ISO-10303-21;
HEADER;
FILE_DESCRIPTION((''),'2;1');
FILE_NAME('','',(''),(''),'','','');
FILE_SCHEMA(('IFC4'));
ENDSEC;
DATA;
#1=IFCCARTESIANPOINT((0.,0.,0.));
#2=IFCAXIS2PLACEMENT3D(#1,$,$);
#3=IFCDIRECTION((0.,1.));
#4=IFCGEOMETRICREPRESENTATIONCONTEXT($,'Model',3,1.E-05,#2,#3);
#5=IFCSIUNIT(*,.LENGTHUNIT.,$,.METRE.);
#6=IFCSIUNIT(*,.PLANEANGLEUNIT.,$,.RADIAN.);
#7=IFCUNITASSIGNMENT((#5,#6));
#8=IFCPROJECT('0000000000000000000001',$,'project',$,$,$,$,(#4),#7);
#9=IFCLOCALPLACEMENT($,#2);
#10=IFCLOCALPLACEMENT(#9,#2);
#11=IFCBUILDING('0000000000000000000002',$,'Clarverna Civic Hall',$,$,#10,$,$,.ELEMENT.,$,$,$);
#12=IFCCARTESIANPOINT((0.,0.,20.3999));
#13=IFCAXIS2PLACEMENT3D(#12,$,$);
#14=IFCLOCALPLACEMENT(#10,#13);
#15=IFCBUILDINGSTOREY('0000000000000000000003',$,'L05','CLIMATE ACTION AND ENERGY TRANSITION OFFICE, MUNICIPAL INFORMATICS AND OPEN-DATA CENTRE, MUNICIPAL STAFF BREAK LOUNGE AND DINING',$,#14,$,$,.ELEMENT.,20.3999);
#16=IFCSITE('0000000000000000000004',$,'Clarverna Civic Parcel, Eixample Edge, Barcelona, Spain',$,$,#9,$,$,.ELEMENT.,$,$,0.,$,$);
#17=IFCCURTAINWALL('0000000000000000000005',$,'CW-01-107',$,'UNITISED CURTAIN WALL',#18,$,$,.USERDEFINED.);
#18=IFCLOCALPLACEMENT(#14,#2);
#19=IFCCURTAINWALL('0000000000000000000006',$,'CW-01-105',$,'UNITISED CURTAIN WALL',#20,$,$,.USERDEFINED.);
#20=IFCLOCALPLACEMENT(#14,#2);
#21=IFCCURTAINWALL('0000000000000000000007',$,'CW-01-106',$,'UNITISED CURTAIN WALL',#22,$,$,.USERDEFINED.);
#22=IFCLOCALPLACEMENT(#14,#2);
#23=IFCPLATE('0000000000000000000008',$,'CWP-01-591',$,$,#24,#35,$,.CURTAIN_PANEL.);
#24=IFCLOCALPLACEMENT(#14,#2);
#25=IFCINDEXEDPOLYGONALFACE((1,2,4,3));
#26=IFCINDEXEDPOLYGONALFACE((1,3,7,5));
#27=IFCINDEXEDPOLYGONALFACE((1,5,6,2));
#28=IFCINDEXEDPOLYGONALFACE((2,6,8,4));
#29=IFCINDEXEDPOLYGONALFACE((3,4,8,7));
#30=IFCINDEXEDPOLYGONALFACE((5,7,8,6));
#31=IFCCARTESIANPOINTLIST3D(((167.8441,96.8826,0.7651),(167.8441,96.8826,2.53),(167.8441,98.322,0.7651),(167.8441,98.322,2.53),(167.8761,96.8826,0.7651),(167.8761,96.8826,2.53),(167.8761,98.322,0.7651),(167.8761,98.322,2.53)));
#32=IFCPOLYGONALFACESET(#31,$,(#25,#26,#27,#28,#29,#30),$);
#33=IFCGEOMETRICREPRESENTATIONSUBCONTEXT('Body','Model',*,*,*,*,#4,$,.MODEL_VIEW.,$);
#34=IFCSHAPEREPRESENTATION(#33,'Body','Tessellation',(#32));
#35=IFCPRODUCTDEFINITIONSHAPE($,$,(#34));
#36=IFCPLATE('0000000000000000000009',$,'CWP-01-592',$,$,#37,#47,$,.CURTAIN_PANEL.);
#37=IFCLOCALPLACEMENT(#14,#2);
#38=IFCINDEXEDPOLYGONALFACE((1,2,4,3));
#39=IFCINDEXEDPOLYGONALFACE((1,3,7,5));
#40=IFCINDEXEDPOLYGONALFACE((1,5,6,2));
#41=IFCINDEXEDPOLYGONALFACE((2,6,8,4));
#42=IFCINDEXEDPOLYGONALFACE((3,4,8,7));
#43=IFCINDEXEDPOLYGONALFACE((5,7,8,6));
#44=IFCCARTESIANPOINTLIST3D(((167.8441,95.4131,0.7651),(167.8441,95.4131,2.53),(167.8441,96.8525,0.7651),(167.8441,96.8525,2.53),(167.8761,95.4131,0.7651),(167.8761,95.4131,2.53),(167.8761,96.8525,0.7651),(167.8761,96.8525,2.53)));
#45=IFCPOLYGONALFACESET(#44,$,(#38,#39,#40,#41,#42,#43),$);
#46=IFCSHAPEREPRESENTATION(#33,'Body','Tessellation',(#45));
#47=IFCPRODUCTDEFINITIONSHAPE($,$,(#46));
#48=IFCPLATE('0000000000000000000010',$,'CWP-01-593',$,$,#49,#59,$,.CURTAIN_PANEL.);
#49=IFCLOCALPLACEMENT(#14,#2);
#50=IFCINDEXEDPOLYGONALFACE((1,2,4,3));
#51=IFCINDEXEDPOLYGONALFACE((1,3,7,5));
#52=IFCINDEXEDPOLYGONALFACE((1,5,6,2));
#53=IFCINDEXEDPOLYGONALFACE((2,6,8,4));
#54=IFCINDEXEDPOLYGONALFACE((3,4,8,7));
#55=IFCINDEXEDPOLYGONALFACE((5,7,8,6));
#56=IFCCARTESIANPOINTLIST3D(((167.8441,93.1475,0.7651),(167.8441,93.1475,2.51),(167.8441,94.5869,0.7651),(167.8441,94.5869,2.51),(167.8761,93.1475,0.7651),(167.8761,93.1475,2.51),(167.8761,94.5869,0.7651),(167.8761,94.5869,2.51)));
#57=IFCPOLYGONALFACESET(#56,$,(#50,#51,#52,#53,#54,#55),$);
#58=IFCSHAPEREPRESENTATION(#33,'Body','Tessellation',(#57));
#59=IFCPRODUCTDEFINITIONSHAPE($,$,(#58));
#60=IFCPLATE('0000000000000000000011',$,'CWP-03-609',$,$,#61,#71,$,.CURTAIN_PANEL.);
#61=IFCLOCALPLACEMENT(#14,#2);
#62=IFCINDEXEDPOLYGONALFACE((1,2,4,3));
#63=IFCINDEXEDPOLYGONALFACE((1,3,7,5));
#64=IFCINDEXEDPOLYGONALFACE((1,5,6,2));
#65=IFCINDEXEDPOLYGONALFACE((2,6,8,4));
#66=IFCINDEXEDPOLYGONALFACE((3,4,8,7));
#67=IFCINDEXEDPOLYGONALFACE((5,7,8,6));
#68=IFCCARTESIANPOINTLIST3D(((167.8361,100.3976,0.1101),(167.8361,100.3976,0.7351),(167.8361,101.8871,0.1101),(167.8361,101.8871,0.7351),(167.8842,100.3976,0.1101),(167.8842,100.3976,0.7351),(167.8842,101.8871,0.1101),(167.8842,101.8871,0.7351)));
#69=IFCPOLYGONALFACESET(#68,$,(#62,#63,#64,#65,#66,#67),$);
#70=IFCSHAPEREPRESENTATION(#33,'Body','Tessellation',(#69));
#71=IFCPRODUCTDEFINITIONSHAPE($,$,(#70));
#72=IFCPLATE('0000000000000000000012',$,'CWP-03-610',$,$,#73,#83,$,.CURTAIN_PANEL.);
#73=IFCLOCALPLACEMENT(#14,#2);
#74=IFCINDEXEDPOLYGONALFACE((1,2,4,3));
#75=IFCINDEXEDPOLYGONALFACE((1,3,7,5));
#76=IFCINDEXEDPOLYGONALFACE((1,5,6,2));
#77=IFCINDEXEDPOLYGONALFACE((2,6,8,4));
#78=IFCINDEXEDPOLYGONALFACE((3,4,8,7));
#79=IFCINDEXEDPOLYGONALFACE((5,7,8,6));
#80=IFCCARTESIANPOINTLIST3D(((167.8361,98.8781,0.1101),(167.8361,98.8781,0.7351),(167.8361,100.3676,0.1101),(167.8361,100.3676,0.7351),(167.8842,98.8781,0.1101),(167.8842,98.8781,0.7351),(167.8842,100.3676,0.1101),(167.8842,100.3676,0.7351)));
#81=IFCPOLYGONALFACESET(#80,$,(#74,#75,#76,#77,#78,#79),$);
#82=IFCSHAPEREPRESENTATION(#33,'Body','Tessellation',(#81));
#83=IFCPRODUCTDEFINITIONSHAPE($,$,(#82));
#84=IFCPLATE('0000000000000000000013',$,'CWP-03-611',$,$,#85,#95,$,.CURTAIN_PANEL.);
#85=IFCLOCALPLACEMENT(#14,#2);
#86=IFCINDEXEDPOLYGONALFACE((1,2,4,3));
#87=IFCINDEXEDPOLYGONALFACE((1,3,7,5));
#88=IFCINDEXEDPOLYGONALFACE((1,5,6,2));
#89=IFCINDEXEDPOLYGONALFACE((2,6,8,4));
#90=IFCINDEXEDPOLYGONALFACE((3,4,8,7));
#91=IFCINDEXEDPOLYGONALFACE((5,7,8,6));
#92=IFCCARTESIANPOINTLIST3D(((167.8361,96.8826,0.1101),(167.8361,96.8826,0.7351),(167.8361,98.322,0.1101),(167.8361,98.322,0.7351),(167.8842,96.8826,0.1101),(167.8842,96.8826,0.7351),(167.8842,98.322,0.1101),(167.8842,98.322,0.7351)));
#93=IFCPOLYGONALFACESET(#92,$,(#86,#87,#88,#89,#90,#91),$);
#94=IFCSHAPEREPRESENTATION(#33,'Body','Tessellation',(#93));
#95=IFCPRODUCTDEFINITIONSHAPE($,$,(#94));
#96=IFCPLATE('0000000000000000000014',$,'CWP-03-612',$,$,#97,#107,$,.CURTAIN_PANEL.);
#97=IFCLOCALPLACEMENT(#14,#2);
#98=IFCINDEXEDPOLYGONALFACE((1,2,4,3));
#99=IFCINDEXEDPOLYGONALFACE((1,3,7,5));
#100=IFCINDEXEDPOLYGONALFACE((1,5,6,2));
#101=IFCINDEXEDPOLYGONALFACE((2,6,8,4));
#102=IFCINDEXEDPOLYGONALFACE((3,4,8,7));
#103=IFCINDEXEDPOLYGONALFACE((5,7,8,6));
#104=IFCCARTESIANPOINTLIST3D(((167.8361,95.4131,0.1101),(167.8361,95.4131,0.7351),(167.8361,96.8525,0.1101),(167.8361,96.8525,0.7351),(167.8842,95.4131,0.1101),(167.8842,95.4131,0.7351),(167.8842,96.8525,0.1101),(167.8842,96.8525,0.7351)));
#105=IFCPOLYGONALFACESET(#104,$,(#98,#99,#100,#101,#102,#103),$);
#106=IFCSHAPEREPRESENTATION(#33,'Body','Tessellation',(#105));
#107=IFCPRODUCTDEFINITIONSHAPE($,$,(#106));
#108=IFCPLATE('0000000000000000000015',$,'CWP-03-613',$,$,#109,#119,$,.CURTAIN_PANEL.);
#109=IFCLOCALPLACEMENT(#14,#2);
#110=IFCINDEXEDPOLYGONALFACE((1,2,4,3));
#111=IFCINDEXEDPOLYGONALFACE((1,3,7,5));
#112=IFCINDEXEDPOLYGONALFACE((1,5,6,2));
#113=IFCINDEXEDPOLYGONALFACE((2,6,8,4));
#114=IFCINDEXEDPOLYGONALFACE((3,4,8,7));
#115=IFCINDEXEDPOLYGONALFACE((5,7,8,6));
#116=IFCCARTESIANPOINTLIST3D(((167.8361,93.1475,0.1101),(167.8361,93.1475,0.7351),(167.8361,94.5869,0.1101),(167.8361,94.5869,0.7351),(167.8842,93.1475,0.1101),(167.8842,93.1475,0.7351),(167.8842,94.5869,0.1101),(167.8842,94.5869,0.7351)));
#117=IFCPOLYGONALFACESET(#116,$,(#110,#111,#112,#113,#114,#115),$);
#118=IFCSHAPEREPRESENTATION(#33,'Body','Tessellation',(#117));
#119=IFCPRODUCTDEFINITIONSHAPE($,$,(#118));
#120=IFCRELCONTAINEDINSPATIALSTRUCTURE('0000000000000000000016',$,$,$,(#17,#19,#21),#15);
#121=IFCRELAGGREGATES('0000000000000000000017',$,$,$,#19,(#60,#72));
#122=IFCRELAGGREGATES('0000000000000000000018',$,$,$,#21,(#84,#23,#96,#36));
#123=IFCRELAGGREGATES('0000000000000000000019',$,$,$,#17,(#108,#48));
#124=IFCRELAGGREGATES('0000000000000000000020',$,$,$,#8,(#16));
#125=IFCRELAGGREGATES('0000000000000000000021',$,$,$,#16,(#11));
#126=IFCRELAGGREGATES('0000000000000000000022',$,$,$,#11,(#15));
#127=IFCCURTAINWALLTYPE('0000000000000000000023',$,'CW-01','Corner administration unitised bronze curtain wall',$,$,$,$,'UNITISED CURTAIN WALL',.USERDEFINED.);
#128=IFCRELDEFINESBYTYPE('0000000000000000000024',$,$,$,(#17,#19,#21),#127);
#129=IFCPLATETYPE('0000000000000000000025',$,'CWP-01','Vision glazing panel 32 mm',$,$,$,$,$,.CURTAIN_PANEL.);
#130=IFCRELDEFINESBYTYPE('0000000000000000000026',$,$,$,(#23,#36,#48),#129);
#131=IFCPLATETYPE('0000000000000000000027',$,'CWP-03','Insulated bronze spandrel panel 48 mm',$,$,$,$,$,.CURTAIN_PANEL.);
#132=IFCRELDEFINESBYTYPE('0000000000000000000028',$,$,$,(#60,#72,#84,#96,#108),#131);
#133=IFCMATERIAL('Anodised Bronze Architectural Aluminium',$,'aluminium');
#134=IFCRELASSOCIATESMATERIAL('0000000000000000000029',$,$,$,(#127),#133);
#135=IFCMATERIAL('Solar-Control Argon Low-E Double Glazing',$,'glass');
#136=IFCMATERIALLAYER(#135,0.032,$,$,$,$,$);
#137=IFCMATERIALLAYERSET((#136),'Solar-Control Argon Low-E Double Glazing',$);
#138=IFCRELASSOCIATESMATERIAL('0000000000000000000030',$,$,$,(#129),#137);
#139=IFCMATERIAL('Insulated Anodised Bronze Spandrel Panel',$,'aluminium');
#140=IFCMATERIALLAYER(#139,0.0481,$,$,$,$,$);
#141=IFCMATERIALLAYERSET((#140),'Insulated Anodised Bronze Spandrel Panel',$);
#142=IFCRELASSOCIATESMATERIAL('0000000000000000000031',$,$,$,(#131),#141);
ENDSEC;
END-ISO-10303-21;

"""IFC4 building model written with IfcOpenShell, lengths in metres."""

from ifc_helpers import new_model, si_unit, direction, frame, frame_2d, origin, place, context, subcontext, project, spatial, rectangle, extrude, material, layer, layer_set, type_object, element, aggregate, save


model = new_model("IFC4")

# Units and contexts
model_context = context("Model", 3, precision=1e-05, world=origin(), true_north=direction((0.0, 1.0)))
body_context = subcontext(model_context, "Body", "Model", "MODEL_VIEW")
ifc_project = project(units=[si_unit("LENGTHUNIT", "METRE"), si_unit("PLANEANGLEUNIT", "RADIAN")], contexts=[model_context])

# Site, building, storey
site_placement = place(None, origin())
site = spatial("IfcSite", under=ifc_project, at=site_placement, Name="Clarverna Civic Parcel, Eixample Edge, Barcelona, Spain", CompositionType="ELEMENT", RefElevation=0.0)
building_placement = place(site_placement, origin())
building = spatial("IfcBuilding", under=site, at=building_placement, Name="Clarverna Civic Hall", CompositionType="ELEMENT")
storey_placement = place(building_placement, frame((0.0, 0.0, 20.3999)))
storey = spatial("IfcBuildingStorey", under=building, at=storey_placement, Name="L05", Description="CLIMATE ACTION AND ENERGY TRANSITION OFFICE, MUNICIPAL INFORMATICS AND OPEN-DATA CENTRE, MUNICIPAL STAFF BREAK LOUNGE AND DINING", CompositionType="ELEMENT", Elevation=20.3999)

# Curtain wall
ifc_material_1 = material(Name="Anodised Bronze Architectural Aluminium", Category="aluminium")
curtain_wall_type = type_object("IfcCurtainWallType", Name="CW-01", Description="Corner administration unitised bronze curtain wall", ElementType="UNITISED CURTAIN WALL", PredefinedType="USERDEFINED", material=ifc_material_1)
curtain_wall_1_placement = place(storey_placement, origin())
curtain_wall_1 = element("IfcCurtainWall", 1, at=curtain_wall_1_placement, inside=storey, type_object=curtain_wall_type, Name="CW-01-107", ObjectType="UNITISED CURTAIN WALL", PredefinedType="USERDEFINED")

# Curtain walls
curtain_wall_2_placement = place(storey_placement, origin())
curtain_wall_2 = element("IfcCurtainWall", 2, at=curtain_wall_2_placement, inside=storey, type_object=curtain_wall_type, Name="CW-01-105", ObjectType="UNITISED CURTAIN WALL", PredefinedType="USERDEFINED")
curtain_wall_3_placement = place(storey_placement, origin())
curtain_wall_3 = element("IfcCurtainWall", 3, at=curtain_wall_3_placement, inside=storey, type_object=curtain_wall_type, Name="CW-01-106", ObjectType="UNITISED CURTAIN WALL", PredefinedType="USERDEFINED")

# Plates
ifc_material_2 = material(Name="Solar-Control Argon Low-E Double Glazing", Category="glass")
ifc_layer_1 = layer(ifc_material_2, 0.032)
ifc_layer_set_1 = layer_set([ifc_layer_1], Name="Solar-Control Argon Low-E Double Glazing")
plate_type_1 = type_object("IfcPlateType", Name="CWP-01", Description="Vision glazing panel 32 mm", PredefinedType="CURTAIN_PANEL", material=ifc_layer_set_1)
plate_1_placement = place(storey_placement, frame((167.8601, 98.322, 0.7651), z_axis=(0.0, 0.0, 1.0), x_axis=(0.0, -1.0, 0.0)))
plate_1 = element("IfcPlate", 4, at=plate_1_placement, type_object=plate_type_1, Name="CWP-01-591", PredefinedType="CURTAIN_PANEL", context=body_context, shape_type="SweptSolid", body=[
    extrude(rectangle(XDim=1.4395, YDim=0.032, at=frame_2d((0.7197, 0.0))), origin(), (0.0, 0.0, 1.0), 1.7649),
])
plate_2_placement = place(storey_placement, frame((167.8601, 96.8525, 0.7651), z_axis=(0.0, 0.0, 1.0), x_axis=(0.0, -1.0, 0.0)))
plate_2 = element("IfcPlate", 5, at=plate_2_placement, type_object=plate_type_1, Name="CWP-01-592", PredefinedType="CURTAIN_PANEL", context=body_context, shape_type="SweptSolid", body=[
    extrude(rectangle(XDim=1.4395, YDim=0.032, at=frame_2d((0.7197, 0.0))), origin(), (0.0, 0.0, 1.0), 1.7649),
])
plate_3_placement = place(storey_placement, frame((167.8601, 94.5869, 0.7651), z_axis=(0.0, 0.0, 1.0), x_axis=(0.0, -1.0, 0.0)))
plate_3 = element("IfcPlate", 6, at=plate_3_placement, type_object=plate_type_1, Name="CWP-01-593", PredefinedType="CURTAIN_PANEL", context=body_context, shape_type="SweptSolid", body=[
    extrude(rectangle(XDim=1.4395, YDim=0.032, at=frame_2d((0.7197, 0.0))), origin(), (0.0, 0.0, 1.0), 1.7449),
])
ifc_material_3 = material(Name="Insulated Anodised Bronze Spandrel Panel", Category="aluminium")
ifc_layer_2 = layer(ifc_material_3, 0.0481)
ifc_layer_set_2 = layer_set([ifc_layer_2], Name="Insulated Anodised Bronze Spandrel Panel")
plate_type_2 = type_object("IfcPlateType", Name="CWP-03", Description="Insulated bronze spandrel panel 48 mm", PredefinedType="CURTAIN_PANEL", material=ifc_layer_set_2)
plate_4_placement = place(storey_placement, frame((167.8601, 101.887, 0.1101), z_axis=(0.0, 0.0, 1.0), x_axis=(0.0, -1.0, 0.0)))
plate_4 = element("IfcPlate", 7, at=plate_4_placement, type_object=plate_type_2, Name="CWP-03-609", PredefinedType="CURTAIN_PANEL", context=body_context, shape_type="SweptSolid", body=[
    extrude(rectangle(XDim=1.4895, YDim=0.0481, at=frame_2d((0.7446, 0.0))), origin(), (0.0, 0.0, 1.0), 0.625),
])
plate_5_placement = place(storey_placement, frame((167.8601, 100.3674, 0.1101), z_axis=(0.0, 0.0, 1.0), x_axis=(0.0, -1.0, 0.0)))
plate_5 = element("IfcPlate", 8, at=plate_5_placement, type_object=plate_type_2, Name="CWP-03-610", PredefinedType="CURTAIN_PANEL", context=body_context, shape_type="SweptSolid", body=[
    extrude(rectangle(XDim=1.4895, YDim=0.0481, at=frame_2d((0.7446, 0.0))), origin(), (0.0, 0.0, 1.0), 0.625),
])
aggregate(curtain_wall_2, [plate_4, plate_5])
plate_6_placement = place(storey_placement, frame((167.8601, 98.322, 0.1101), z_axis=(0.0, 0.0, 1.0), x_axis=(0.0, -1.0, 0.0)))
plate_6 = element("IfcPlate", 9, at=plate_6_placement, type_object=plate_type_2, Name="CWP-03-611", PredefinedType="CURTAIN_PANEL", context=body_context, shape_type="SweptSolid", body=[
    extrude(rectangle(XDim=1.4395, YDim=0.0481, at=frame_2d((0.7197, 0.0))), origin(), (0.0, 0.0, 1.0), 0.625),
])
plate_7_placement = place(storey_placement, frame((167.8601, 96.8525, 0.1101), z_axis=(0.0, 0.0, 1.0), x_axis=(0.0, -1.0, 0.0)))
plate_7 = element("IfcPlate", 10, at=plate_7_placement, type_object=plate_type_2, Name="CWP-03-612", PredefinedType="CURTAIN_PANEL", context=body_context, shape_type="SweptSolid", body=[
    extrude(rectangle(XDim=1.4395, YDim=0.0481, at=frame_2d((0.7197, 0.0))), origin(), (0.0, 0.0, 1.0), 0.625),
])
aggregate(curtain_wall_3, [plate_6, plate_1, plate_7, plate_2])
plate_8_placement = place(storey_placement, frame((167.8601, 94.5869, 0.1101), z_axis=(0.0, 0.0, 1.0), x_axis=(0.0, -1.0, 0.0)))
plate_8 = element("IfcPlate", 11, at=plate_8_placement, type_object=plate_type_2, Name="CWP-03-613", PredefinedType="CURTAIN_PANEL", context=body_context, shape_type="SweptSolid", body=[
    extrude(rectangle(XDim=1.4395, YDim=0.0481, at=frame_2d((0.7197, 0.0))), origin(), (0.0, 0.0, 1.0), 0.625),
])
aggregate(curtain_wall_1, [plate_8, plate_3])

save(model, "model.ifc")
